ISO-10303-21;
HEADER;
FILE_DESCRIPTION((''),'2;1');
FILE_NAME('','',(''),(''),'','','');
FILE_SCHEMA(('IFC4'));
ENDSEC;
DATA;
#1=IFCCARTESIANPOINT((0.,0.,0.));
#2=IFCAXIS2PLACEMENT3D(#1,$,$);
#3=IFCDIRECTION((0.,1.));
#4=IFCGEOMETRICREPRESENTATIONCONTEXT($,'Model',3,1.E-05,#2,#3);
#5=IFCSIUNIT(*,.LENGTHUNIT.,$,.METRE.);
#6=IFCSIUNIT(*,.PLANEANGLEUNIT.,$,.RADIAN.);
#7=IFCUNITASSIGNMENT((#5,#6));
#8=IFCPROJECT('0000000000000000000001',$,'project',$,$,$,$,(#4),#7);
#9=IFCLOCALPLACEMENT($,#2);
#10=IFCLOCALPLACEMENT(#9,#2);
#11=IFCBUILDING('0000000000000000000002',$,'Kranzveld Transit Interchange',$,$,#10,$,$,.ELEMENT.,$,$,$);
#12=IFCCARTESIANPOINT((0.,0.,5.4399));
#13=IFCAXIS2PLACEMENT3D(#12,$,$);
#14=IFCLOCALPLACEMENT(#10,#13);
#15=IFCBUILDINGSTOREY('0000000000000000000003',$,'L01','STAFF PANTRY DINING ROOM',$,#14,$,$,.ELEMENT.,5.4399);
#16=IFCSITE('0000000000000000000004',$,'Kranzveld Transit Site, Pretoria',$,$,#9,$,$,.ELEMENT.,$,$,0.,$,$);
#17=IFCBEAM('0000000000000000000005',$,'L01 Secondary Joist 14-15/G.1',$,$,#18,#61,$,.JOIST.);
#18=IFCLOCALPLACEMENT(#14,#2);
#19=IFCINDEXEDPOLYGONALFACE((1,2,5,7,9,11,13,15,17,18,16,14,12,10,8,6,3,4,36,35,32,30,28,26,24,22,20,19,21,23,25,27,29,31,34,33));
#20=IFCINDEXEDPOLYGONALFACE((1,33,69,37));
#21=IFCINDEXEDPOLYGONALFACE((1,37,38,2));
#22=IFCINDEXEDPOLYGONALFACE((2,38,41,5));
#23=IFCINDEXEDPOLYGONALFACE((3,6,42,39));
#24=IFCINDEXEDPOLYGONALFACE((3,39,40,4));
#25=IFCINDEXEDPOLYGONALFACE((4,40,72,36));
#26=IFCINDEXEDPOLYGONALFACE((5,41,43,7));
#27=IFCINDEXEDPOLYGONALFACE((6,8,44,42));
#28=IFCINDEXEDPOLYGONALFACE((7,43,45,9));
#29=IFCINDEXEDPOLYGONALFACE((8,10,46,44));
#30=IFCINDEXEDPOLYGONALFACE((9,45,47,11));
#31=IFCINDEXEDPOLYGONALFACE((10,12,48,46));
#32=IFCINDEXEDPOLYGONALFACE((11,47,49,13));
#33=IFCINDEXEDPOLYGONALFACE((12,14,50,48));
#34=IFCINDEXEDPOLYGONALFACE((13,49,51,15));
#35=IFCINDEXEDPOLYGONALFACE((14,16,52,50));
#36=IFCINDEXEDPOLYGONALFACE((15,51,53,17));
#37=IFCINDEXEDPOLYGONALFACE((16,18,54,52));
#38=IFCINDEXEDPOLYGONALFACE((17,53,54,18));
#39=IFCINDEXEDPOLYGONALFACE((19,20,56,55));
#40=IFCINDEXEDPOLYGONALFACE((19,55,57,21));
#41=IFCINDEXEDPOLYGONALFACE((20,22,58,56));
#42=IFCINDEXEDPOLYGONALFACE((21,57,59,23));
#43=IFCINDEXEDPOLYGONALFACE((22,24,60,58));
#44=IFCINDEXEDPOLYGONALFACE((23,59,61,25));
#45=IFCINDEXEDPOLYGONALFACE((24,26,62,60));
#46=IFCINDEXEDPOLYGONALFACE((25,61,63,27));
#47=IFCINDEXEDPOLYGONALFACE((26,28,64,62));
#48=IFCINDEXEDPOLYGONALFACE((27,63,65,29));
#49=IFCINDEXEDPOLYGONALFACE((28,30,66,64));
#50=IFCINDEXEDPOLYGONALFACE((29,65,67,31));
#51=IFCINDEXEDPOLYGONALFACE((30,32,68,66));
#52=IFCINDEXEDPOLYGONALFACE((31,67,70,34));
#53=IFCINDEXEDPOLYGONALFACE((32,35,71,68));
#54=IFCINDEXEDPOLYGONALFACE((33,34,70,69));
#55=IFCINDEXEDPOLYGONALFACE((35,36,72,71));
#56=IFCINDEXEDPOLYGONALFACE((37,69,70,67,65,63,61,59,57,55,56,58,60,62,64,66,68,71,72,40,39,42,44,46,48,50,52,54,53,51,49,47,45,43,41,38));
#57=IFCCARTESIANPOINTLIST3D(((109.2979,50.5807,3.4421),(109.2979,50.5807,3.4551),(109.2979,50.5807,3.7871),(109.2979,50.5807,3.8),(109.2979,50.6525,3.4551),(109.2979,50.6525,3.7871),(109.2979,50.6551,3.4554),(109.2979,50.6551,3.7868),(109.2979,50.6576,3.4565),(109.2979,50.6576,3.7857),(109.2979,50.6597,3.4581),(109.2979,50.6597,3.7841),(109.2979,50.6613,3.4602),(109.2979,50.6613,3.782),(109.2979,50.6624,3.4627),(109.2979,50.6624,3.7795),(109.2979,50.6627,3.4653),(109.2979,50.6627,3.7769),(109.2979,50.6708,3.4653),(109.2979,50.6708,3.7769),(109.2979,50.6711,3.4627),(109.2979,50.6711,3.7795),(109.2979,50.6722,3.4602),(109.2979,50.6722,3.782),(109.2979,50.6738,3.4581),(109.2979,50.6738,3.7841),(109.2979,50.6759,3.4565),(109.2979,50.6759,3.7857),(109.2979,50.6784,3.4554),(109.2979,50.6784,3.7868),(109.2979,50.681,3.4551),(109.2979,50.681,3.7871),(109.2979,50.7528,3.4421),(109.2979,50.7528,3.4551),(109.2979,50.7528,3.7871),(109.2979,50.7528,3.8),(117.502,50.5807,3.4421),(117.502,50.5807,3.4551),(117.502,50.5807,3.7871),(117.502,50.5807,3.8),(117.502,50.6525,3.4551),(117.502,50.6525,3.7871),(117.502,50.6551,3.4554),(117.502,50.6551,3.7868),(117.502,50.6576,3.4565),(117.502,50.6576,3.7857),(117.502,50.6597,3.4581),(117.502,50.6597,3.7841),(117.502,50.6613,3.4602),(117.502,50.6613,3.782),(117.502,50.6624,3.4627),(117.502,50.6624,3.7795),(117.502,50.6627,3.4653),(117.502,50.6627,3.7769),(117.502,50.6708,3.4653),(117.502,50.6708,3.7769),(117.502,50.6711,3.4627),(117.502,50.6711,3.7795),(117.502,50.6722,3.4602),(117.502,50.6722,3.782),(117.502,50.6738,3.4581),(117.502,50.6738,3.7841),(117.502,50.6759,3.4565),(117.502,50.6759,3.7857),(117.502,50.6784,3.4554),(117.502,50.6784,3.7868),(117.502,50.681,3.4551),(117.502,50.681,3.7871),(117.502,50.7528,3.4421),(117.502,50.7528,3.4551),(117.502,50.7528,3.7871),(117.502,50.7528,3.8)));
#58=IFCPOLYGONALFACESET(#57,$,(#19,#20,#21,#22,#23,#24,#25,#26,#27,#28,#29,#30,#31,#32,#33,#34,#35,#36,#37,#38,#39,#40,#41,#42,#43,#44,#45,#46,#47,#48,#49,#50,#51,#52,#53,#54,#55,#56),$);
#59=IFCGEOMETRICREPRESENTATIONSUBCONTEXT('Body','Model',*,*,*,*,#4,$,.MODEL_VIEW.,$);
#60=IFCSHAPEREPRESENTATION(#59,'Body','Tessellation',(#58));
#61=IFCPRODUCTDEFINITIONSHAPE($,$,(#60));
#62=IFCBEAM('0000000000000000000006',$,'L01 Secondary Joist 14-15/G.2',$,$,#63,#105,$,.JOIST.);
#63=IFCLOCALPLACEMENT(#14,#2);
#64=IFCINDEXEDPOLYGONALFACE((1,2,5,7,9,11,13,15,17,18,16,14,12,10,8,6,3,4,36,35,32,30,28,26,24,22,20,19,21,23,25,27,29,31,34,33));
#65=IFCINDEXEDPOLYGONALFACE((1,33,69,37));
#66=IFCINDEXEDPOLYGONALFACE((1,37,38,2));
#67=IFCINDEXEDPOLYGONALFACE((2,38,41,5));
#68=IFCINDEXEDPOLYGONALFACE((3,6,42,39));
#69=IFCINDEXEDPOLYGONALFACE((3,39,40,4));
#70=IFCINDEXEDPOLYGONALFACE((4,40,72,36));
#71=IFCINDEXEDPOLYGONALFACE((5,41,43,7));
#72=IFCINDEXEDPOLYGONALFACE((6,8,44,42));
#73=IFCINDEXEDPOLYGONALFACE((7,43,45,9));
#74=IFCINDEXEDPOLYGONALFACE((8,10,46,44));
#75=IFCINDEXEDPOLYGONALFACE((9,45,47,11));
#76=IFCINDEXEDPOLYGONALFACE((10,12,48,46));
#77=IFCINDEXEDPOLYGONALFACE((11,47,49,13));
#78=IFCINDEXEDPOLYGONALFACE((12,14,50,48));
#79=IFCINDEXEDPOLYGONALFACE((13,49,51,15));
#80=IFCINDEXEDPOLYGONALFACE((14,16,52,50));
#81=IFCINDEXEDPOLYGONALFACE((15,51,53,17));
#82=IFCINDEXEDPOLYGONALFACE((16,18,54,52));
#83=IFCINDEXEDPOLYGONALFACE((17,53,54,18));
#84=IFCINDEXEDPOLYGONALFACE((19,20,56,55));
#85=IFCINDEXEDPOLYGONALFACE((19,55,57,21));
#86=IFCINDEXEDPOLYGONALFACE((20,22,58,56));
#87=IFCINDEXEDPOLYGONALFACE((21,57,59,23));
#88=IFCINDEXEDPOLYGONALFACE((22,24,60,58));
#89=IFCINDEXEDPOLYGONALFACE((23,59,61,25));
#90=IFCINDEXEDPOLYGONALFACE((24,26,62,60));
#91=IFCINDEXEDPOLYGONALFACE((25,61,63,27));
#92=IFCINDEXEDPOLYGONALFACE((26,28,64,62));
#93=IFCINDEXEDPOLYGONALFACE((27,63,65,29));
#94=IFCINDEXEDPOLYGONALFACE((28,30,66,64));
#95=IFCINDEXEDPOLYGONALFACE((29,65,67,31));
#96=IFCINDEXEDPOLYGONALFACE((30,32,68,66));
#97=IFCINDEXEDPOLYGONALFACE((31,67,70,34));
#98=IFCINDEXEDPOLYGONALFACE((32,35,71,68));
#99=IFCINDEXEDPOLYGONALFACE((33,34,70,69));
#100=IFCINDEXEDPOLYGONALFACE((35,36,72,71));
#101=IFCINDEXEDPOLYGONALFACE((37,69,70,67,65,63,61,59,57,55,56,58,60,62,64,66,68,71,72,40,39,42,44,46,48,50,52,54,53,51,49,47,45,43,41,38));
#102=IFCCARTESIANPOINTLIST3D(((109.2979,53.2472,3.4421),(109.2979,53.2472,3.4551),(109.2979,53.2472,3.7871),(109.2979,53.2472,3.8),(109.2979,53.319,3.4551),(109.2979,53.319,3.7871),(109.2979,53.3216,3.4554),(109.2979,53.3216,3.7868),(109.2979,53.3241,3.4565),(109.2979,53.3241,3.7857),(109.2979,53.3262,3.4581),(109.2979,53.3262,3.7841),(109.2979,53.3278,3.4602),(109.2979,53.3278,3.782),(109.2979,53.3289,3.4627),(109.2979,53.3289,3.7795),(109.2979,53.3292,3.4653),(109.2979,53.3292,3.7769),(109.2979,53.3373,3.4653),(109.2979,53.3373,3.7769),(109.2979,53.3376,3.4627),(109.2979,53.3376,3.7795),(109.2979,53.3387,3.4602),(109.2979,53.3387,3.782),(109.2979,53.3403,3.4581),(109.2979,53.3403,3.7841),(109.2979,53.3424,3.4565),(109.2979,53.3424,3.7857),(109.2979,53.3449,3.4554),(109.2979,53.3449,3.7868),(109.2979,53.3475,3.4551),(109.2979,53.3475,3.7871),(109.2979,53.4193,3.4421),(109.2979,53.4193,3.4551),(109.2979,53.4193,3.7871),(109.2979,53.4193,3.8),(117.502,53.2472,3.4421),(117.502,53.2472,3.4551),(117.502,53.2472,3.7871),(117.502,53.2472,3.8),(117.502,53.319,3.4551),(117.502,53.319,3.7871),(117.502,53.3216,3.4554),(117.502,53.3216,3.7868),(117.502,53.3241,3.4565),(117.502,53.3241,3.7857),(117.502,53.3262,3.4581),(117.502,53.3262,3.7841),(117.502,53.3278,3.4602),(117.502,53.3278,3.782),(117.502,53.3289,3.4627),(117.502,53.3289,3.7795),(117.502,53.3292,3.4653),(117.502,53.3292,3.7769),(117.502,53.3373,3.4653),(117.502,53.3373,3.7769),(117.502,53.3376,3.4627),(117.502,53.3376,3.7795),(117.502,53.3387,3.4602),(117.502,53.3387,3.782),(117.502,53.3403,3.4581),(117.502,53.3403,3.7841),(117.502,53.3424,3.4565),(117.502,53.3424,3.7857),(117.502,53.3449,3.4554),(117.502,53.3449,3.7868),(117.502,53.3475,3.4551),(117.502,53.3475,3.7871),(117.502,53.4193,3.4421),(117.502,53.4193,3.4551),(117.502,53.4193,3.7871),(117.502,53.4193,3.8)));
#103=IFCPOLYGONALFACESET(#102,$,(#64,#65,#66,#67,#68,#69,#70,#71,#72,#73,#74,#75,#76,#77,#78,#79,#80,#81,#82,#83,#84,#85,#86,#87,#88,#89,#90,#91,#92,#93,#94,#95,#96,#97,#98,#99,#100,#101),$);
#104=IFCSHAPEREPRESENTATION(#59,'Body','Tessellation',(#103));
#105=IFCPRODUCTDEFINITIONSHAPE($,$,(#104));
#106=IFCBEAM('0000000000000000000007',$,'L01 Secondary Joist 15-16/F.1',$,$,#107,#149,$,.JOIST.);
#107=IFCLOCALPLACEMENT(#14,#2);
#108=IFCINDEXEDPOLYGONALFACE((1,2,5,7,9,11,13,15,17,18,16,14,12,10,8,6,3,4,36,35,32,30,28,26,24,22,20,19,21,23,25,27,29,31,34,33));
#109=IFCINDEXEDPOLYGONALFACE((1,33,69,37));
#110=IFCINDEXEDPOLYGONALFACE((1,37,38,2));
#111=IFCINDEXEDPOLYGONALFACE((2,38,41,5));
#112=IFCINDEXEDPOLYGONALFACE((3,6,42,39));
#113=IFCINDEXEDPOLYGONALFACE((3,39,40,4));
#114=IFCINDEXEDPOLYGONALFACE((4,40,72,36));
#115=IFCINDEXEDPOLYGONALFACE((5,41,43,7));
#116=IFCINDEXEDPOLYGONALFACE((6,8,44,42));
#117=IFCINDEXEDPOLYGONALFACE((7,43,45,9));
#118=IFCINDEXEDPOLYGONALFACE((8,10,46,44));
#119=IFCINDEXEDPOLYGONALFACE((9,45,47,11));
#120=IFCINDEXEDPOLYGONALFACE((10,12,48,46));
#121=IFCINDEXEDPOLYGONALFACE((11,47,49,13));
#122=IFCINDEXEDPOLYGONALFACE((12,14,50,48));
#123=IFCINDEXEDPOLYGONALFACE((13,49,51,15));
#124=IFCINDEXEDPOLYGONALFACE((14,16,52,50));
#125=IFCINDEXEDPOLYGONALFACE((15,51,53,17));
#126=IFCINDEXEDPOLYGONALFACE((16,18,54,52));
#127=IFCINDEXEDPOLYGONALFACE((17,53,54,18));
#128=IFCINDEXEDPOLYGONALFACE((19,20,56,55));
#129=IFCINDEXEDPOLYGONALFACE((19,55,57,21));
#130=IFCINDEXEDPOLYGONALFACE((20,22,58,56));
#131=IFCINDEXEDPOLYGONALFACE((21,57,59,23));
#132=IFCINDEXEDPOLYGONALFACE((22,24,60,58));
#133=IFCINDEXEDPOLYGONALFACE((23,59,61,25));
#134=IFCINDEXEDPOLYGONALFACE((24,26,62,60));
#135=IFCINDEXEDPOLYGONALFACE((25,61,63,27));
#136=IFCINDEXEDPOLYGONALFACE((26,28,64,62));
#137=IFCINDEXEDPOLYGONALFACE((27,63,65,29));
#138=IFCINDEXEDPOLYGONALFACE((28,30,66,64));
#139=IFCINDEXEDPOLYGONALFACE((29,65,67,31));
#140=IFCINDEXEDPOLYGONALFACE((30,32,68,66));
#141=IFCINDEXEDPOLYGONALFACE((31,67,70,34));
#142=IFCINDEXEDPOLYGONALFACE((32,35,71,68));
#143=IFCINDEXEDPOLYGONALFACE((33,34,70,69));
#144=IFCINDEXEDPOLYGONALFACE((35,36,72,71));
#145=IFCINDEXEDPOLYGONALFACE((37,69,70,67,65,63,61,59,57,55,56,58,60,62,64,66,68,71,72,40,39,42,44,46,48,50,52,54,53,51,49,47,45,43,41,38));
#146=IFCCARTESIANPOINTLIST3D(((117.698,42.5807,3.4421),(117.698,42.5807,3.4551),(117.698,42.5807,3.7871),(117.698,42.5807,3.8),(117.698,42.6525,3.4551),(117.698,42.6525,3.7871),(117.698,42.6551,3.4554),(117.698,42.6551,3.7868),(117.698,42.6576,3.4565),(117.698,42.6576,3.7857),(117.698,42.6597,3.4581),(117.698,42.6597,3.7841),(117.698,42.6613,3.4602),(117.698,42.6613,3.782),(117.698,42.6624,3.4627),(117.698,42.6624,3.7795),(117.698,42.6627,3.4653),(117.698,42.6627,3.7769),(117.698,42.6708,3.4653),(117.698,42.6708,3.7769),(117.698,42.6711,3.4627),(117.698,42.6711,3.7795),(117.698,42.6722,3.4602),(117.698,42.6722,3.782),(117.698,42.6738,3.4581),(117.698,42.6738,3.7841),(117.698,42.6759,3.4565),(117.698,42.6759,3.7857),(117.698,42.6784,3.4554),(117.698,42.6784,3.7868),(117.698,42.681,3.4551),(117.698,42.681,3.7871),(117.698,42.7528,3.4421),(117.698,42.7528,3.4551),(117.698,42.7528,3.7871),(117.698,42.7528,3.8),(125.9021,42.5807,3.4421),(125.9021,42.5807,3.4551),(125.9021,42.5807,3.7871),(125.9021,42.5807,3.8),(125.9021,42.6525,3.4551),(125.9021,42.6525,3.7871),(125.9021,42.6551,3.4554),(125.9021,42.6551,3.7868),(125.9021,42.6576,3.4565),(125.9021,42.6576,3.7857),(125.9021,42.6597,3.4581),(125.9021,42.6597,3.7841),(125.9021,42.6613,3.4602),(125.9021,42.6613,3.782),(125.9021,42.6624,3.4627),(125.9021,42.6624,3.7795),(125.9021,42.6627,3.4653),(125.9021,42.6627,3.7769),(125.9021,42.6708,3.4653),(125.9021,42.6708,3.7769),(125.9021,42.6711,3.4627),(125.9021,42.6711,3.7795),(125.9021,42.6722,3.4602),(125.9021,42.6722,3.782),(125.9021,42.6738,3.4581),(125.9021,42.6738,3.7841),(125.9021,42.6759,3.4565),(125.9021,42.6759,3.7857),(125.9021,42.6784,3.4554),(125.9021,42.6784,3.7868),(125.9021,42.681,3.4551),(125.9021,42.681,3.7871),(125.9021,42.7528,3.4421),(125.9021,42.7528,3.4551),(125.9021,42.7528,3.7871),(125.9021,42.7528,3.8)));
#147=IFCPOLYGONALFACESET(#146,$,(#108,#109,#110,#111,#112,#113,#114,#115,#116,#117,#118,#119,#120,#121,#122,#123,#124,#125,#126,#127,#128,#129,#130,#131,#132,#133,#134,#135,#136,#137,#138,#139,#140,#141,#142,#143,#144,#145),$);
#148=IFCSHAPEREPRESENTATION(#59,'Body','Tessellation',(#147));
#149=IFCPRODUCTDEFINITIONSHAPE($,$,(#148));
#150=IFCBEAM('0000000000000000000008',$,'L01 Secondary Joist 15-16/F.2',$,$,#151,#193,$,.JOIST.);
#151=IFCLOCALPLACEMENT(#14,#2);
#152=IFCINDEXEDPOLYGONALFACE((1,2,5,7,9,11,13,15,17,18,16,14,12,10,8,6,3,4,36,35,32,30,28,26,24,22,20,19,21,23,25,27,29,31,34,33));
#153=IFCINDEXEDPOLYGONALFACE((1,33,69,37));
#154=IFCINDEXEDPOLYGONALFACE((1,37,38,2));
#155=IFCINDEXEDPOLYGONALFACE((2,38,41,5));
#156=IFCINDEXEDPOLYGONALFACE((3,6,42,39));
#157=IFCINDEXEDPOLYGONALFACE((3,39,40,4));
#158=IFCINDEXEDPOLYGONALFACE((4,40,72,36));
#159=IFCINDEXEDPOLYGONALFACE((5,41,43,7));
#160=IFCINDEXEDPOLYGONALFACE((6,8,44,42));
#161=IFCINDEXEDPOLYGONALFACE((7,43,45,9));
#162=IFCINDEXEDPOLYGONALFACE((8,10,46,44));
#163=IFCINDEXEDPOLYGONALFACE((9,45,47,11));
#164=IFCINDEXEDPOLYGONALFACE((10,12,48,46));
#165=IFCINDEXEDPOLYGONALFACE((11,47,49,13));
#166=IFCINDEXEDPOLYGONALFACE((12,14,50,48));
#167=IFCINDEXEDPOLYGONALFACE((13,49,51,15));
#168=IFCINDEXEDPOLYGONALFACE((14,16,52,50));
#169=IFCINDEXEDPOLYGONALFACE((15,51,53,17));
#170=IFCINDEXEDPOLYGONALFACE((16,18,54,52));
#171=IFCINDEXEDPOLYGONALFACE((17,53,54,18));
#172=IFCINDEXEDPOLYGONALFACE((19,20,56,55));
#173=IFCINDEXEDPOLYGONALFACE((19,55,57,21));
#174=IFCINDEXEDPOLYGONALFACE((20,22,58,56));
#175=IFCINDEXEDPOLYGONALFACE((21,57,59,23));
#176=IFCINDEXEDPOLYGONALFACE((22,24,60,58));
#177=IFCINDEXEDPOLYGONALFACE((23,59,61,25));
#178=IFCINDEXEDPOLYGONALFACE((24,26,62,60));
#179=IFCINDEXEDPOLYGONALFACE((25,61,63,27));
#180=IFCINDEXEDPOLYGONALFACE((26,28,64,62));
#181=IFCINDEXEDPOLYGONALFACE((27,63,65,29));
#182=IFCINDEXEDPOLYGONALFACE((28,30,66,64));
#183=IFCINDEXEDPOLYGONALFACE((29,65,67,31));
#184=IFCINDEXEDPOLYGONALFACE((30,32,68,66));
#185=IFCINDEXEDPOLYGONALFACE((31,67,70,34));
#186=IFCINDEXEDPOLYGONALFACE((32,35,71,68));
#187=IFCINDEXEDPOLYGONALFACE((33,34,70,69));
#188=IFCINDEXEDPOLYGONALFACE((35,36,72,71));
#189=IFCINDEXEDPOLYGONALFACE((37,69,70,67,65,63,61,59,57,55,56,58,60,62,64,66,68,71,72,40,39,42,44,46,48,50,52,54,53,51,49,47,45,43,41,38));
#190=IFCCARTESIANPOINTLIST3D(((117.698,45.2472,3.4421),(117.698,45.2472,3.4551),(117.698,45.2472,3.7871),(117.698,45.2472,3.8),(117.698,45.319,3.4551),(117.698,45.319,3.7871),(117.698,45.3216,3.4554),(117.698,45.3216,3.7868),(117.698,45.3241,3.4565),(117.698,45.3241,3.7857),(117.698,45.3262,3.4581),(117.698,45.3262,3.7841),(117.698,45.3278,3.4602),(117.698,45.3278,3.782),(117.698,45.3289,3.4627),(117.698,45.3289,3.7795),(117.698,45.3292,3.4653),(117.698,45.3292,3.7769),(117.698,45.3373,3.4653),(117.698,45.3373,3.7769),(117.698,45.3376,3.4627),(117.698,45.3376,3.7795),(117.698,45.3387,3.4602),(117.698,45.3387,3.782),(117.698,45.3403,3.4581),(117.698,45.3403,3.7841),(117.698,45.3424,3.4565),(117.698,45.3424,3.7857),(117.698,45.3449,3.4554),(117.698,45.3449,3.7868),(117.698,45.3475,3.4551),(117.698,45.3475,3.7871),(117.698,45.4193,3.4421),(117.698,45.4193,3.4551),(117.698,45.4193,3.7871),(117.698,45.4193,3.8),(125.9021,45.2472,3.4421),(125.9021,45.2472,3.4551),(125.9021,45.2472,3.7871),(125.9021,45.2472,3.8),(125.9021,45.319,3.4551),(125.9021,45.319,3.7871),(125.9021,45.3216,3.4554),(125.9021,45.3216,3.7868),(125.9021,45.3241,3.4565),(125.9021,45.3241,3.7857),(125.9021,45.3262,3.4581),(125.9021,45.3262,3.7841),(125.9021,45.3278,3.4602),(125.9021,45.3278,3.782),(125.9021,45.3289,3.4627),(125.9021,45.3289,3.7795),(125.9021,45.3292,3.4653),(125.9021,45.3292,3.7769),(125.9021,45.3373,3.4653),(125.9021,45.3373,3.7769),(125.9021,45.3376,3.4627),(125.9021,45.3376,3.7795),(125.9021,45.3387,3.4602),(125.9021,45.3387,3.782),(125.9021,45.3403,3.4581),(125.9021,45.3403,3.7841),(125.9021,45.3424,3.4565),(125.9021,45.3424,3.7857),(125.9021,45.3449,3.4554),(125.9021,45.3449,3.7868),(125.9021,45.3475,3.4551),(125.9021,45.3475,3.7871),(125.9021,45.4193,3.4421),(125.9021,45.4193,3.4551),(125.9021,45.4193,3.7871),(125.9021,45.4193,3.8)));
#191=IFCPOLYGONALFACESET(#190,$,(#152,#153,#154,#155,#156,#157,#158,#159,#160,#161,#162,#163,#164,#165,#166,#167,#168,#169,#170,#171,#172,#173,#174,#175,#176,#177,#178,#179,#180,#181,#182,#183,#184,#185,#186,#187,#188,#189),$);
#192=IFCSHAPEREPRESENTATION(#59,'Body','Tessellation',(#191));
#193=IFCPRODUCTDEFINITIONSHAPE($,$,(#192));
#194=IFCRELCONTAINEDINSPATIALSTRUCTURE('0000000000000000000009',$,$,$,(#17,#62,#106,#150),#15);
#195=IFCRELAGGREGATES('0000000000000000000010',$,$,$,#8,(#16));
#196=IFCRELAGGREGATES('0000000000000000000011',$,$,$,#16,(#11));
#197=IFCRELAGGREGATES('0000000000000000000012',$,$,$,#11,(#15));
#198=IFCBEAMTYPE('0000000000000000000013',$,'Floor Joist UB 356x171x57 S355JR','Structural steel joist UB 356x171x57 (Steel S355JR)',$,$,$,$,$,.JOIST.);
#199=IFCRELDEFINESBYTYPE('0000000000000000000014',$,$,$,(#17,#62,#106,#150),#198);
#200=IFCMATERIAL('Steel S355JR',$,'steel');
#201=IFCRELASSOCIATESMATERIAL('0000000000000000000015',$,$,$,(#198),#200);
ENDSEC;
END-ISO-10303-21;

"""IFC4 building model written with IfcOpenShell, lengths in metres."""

from ifc_helpers import new_model, si_unit, direction, frame, origin, origin_2d, place, context, subcontext, project, spatial, i_section, extrude, material, material_profile, profile_set, type_object, element, save


model = new_model("IFC4")

# Units and contexts
model_context = context("Model", 3, precision=1e-05, world=origin(), true_north=direction((0.0, 1.0)))
body_context = subcontext(model_context, "Body", "Model", "MODEL_VIEW")
ifc_project = project(units=[si_unit("LENGTHUNIT", "METRE"), si_unit("PLANEANGLEUNIT", "RADIAN")], contexts=[model_context])

# Site, building, storey
site_placement = place(None, origin())
site = spatial("IfcSite", under=ifc_project, at=site_placement, Name="Kranzveld Transit Site, Pretoria", CompositionType="ELEMENT", RefElevation=0.0)
building_placement = place(site_placement, origin())
building = spatial("IfcBuilding", under=site, at=building_placement, Name="Kranzveld Transit Interchange", CompositionType="ELEMENT")
storey_placement = place(building_placement, frame((0.0, 0.0, 5.4399)))
storey = spatial("IfcBuildingStorey", under=building, at=storey_placement, Name="L01", Description="STAFF PANTRY DINING ROOM", CompositionType="ELEMENT", Elevation=5.4399)

# Beams
ifc_material_1 = material(Name="Steel S355JR", Category="steel")
ifc_material_profile_1 = material_profile(ifc_material_1, i_section(OverallWidth=0.1721, OverallDepth=0.3579, WebThickness=0.0081, FlangeThickness=0.0129, FilletRadius=0.0103, at=origin_2d()), Name="UB 356x171x57")
ifc_profile_set_1 = profile_set([ifc_material_profile_1], Name="Steel S355JR")
beam_type_1 = type_object("IfcBeamType", Name="Floor Joist UB 356x171x57 S355JR", Description="Structural steel joist UB 356x171x57 (Steel S355JR)", PredefinedType="JOIST", material=ifc_profile_set_1)
for number, where, z_axis, x_axis, name in (
    (1, (109.2979, 50.6667, 3.6211), (1.0, 0.0, 0.0), (0.0, 1.0, 0.0), "L01 Secondary Joist 14-15/G.1"),
    (2, (109.2979, 53.3333, 3.6211), (1.0, 0.0, 0.0), (0.0, 1.0, 0.0), "L01 Secondary Joist 14-15/G.2"),
    (3, (117.698, 42.6667, 3.6211), (1.0, 0.0, 0.0), (0.0, 1.0, 0.0), "L01 Secondary Joist 15-16/F.1"),
    (4, (117.698, 45.3333, 3.6211), (1.0, 0.0, 0.0), (0.0, 1.0, 0.0), "L01 Secondary Joist 15-16/F.2"),
):
    element("IfcBeam", number, at=place(storey_placement, frame(where, z_axis=z_axis, x_axis=x_axis)), inside=storey, type_object=beam_type_1, Name=name, PredefinedType="JOIST", context=body_context, shape_type="SweptSolid", body=[
        extrude(i_section(OverallWidth=0.1721, OverallDepth=0.3579, WebThickness=0.0081, FlangeThickness=0.0129, FilletRadius=0.0103, at=origin_2d()), origin(), (0.0, 0.0, 1.0), 8.2041),
    ])

save(model, "model.ifc")
